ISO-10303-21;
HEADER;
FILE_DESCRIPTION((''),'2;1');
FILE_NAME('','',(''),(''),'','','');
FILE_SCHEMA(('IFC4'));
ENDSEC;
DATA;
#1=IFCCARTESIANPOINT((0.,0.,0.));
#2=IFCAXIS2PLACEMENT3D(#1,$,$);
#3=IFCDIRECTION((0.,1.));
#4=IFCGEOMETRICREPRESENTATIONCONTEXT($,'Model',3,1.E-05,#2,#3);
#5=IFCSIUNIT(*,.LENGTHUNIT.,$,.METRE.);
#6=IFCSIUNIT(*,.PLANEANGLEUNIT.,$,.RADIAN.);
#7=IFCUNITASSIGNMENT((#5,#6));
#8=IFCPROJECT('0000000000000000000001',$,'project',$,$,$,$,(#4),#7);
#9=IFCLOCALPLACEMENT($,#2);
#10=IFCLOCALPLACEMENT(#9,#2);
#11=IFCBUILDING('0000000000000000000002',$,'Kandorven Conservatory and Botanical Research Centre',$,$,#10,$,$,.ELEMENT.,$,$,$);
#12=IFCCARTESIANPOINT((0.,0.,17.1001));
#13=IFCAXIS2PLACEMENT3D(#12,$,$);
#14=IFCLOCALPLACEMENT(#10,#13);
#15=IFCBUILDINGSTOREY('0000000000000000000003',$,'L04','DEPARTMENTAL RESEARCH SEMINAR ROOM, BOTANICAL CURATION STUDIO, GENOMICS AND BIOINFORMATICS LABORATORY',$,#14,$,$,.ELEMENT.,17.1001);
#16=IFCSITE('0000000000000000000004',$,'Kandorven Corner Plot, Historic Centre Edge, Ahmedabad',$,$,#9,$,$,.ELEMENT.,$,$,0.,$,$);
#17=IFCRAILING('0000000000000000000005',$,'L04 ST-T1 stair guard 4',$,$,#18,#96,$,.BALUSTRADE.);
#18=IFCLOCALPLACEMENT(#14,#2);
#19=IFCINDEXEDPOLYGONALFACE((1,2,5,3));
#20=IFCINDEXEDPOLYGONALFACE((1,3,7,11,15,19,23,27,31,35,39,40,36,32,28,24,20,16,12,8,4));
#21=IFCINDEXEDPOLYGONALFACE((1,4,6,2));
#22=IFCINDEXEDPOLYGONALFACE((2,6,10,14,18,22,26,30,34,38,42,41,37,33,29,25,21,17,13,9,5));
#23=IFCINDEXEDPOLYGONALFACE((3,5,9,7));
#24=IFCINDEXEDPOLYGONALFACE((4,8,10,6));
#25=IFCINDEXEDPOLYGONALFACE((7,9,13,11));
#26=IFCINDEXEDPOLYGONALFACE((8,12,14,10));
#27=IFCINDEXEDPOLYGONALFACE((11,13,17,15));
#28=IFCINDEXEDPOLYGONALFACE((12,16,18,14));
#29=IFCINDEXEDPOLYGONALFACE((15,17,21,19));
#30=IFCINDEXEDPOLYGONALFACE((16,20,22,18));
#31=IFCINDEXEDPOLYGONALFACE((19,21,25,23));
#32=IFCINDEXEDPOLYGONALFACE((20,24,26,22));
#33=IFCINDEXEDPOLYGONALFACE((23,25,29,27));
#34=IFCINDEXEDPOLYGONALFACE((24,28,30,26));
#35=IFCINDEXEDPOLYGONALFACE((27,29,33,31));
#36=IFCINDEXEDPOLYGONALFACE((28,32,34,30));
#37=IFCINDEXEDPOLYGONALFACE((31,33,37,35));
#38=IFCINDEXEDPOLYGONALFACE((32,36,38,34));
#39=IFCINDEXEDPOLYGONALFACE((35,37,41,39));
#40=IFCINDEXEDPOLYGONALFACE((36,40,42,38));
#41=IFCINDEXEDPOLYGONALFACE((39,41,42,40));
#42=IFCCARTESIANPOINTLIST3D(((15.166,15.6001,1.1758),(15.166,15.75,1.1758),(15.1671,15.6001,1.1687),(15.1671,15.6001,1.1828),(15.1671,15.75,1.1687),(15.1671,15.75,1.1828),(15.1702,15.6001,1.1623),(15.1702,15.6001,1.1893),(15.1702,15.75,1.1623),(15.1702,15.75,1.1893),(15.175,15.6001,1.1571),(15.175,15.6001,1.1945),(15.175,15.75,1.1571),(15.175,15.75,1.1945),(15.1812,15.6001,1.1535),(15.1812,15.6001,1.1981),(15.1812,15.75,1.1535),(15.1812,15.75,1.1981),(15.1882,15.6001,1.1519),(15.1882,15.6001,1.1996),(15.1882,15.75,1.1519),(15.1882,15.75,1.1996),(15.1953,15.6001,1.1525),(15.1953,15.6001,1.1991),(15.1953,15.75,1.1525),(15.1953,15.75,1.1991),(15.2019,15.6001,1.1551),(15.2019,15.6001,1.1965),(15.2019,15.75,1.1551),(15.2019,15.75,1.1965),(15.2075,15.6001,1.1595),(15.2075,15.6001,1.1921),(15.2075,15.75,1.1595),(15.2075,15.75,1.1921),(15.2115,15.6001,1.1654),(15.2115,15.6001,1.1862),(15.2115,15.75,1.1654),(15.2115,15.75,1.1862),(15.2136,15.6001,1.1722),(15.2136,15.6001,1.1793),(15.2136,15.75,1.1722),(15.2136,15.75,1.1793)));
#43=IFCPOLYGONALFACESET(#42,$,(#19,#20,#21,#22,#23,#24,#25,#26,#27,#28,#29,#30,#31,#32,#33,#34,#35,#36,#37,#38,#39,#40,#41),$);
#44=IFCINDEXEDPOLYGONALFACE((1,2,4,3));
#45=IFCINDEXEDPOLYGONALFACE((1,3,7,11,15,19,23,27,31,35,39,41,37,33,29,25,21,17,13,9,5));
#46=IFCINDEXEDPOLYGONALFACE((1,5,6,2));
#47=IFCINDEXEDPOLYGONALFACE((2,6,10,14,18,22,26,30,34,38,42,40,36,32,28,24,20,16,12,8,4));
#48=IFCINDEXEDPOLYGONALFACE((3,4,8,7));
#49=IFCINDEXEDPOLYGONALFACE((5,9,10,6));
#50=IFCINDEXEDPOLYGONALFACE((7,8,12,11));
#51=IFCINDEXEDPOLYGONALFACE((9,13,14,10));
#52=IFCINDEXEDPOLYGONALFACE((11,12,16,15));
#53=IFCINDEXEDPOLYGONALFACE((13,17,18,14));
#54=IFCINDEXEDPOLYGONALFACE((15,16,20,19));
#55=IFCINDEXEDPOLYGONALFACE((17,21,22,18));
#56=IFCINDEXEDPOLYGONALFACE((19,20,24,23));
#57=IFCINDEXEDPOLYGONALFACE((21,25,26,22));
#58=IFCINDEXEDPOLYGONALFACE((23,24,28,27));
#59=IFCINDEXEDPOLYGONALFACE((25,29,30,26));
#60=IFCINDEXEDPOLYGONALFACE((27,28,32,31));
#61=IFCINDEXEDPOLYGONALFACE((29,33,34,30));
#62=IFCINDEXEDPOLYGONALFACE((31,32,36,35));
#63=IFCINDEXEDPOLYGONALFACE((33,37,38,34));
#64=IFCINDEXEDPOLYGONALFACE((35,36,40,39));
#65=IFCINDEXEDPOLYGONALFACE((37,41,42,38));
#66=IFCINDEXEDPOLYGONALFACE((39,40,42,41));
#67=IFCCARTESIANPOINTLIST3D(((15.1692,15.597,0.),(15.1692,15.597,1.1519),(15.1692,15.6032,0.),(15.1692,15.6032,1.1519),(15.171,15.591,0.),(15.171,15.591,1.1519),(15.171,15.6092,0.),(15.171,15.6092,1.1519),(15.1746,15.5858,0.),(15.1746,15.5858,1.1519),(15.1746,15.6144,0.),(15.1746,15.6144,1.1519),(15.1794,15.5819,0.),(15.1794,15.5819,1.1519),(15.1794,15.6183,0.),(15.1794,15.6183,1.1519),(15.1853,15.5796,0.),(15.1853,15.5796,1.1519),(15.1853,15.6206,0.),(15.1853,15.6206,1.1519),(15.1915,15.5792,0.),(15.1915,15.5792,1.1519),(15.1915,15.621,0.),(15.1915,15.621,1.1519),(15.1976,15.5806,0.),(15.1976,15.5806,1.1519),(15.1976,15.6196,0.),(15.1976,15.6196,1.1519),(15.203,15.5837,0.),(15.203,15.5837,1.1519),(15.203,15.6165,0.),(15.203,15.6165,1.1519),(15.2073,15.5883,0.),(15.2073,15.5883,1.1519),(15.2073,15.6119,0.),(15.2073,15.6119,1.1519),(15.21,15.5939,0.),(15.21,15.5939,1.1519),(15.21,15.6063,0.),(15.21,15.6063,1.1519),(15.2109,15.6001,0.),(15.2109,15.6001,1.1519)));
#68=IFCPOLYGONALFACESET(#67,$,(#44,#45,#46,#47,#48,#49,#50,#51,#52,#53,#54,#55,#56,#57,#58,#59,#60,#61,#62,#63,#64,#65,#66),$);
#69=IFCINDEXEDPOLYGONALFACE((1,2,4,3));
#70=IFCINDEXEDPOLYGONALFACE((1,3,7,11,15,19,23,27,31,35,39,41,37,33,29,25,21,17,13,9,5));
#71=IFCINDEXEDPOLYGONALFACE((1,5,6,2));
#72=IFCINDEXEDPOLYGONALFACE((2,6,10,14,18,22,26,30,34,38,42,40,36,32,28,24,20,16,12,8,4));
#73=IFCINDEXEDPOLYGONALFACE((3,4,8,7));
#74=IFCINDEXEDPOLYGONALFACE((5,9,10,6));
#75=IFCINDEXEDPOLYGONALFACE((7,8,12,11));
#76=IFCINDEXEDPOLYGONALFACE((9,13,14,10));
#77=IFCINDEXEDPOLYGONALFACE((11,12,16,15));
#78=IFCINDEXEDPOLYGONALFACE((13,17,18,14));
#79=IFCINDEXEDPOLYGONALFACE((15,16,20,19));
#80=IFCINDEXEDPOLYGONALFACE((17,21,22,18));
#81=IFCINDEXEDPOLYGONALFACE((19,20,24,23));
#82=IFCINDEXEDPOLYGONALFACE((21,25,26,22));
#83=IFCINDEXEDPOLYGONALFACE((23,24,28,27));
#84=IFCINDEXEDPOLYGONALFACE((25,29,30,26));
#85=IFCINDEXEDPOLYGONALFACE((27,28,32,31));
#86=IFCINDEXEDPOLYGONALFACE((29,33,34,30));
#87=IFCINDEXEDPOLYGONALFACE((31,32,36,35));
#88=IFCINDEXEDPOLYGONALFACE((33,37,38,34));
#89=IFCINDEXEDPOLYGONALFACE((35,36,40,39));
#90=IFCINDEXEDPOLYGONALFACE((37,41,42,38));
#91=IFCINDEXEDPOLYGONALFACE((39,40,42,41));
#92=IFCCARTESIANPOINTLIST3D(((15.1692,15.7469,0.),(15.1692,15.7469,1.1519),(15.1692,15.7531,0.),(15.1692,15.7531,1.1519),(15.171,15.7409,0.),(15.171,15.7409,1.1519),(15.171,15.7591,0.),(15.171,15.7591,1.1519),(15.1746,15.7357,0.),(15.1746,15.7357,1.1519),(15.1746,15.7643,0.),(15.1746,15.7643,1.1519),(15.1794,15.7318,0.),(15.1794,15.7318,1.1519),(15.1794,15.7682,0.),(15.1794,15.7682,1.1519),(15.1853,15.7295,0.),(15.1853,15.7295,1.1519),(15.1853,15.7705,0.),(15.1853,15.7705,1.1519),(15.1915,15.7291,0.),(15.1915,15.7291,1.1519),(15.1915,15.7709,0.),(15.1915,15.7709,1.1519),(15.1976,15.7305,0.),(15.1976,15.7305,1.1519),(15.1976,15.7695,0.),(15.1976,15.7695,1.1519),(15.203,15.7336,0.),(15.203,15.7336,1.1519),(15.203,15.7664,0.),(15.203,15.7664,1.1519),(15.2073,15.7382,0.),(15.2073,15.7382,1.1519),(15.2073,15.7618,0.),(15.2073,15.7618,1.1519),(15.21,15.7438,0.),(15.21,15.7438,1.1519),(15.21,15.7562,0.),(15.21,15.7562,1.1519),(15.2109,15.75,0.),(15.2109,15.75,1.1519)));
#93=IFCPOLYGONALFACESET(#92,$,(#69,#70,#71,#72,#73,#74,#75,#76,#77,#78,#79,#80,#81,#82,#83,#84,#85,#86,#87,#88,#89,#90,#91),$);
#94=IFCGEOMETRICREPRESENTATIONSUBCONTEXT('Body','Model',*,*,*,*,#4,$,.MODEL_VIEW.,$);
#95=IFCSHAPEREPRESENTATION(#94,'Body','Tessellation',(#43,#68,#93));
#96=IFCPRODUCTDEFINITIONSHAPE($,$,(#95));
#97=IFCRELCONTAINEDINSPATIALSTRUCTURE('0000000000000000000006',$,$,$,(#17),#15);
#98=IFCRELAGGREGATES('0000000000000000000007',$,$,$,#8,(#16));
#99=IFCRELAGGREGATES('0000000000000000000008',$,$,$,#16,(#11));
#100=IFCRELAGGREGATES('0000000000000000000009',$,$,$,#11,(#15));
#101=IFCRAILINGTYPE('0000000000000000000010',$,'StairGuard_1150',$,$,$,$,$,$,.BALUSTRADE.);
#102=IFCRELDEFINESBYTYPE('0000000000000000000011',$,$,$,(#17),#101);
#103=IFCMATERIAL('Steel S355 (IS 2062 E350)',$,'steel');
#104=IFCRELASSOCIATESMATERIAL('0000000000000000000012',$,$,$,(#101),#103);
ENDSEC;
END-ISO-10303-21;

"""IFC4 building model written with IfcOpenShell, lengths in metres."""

from ifc_helpers import new_model, si_unit, direction, frame, origin, origin_2d, place, context, subcontext, project, spatial, circle, extrude, material, type_object, element, save


model = new_model("IFC4")

# Units and contexts
model_context = context("Model", 3, precision=1e-05, world=origin(), true_north=direction((0.0, 1.0)))
body_context = subcontext(model_context, "Body", "Model", "MODEL_VIEW")
ifc_project = project(units=[si_unit("LENGTHUNIT", "METRE"), si_unit("PLANEANGLEUNIT", "RADIAN")], contexts=[model_context])

# Site, building, storey
site_placement = place(None, origin())
site = spatial("IfcSite", under=ifc_project, at=site_placement, Name="Kandorven Corner Plot, Historic Centre Edge, Ahmedabad", CompositionType="ELEMENT", RefElevation=0.0)
building_placement = place(site_placement, origin())
building = spatial("IfcBuilding", under=site, at=building_placement, Name="Kandorven Conservatory and Botanical Research Centre", CompositionType="ELEMENT")
storey_placement = place(building_placement, frame((0.0, 0.0, 17.1001)))
storey = spatial("IfcBuildingStorey", under=building, at=storey_placement, Name="L04", Description="DEPARTMENTAL RESEARCH SEMINAR ROOM, BOTANICAL CURATION STUDIO, GENOMICS AND BIOINFORMATICS LABORATORY", CompositionType="ELEMENT", Elevation=17.1001)

# Railing
ifc_material_1 = material(Name="Steel S355 (IS 2062 E350)", Category="steel")
railing_type_1 = type_object("IfcRailingType", Name="StairGuard_1150", PredefinedType="BALUSTRADE", material=ifc_material_1)
railing_1_placement = place(storey_placement, frame((15.1899, 15.6001, 0.0)))
element("IfcRailing", 1, at=railing_1_placement, inside=storey, type_object=railing_type_1, Name="L04 ST-T1 stair guard 4", PredefinedType="BALUSTRADE", context=body_context, shape_type="SweptSolid", body=[
    extrude(circle(Radius=0.0239, at=origin_2d()), frame((0.0, 0.0, 1.1758), z_axis=(0.0, 1.0, 0.0), x_axis=(-1.0, 0.0, 0.0)), (0.0, 0.0, 1.0), 0.1499),
    extrude(circle(Radius=0.021, at=origin_2d()), origin(), (0.0, 0.0, 1.0), 1.1519),
    extrude(circle(Radius=0.021, at=origin_2d()), frame((0.0, 0.1499, 0.0)), (0.0, 0.0, 1.0), 1.1519),
])

save(model, "model.ifc")
